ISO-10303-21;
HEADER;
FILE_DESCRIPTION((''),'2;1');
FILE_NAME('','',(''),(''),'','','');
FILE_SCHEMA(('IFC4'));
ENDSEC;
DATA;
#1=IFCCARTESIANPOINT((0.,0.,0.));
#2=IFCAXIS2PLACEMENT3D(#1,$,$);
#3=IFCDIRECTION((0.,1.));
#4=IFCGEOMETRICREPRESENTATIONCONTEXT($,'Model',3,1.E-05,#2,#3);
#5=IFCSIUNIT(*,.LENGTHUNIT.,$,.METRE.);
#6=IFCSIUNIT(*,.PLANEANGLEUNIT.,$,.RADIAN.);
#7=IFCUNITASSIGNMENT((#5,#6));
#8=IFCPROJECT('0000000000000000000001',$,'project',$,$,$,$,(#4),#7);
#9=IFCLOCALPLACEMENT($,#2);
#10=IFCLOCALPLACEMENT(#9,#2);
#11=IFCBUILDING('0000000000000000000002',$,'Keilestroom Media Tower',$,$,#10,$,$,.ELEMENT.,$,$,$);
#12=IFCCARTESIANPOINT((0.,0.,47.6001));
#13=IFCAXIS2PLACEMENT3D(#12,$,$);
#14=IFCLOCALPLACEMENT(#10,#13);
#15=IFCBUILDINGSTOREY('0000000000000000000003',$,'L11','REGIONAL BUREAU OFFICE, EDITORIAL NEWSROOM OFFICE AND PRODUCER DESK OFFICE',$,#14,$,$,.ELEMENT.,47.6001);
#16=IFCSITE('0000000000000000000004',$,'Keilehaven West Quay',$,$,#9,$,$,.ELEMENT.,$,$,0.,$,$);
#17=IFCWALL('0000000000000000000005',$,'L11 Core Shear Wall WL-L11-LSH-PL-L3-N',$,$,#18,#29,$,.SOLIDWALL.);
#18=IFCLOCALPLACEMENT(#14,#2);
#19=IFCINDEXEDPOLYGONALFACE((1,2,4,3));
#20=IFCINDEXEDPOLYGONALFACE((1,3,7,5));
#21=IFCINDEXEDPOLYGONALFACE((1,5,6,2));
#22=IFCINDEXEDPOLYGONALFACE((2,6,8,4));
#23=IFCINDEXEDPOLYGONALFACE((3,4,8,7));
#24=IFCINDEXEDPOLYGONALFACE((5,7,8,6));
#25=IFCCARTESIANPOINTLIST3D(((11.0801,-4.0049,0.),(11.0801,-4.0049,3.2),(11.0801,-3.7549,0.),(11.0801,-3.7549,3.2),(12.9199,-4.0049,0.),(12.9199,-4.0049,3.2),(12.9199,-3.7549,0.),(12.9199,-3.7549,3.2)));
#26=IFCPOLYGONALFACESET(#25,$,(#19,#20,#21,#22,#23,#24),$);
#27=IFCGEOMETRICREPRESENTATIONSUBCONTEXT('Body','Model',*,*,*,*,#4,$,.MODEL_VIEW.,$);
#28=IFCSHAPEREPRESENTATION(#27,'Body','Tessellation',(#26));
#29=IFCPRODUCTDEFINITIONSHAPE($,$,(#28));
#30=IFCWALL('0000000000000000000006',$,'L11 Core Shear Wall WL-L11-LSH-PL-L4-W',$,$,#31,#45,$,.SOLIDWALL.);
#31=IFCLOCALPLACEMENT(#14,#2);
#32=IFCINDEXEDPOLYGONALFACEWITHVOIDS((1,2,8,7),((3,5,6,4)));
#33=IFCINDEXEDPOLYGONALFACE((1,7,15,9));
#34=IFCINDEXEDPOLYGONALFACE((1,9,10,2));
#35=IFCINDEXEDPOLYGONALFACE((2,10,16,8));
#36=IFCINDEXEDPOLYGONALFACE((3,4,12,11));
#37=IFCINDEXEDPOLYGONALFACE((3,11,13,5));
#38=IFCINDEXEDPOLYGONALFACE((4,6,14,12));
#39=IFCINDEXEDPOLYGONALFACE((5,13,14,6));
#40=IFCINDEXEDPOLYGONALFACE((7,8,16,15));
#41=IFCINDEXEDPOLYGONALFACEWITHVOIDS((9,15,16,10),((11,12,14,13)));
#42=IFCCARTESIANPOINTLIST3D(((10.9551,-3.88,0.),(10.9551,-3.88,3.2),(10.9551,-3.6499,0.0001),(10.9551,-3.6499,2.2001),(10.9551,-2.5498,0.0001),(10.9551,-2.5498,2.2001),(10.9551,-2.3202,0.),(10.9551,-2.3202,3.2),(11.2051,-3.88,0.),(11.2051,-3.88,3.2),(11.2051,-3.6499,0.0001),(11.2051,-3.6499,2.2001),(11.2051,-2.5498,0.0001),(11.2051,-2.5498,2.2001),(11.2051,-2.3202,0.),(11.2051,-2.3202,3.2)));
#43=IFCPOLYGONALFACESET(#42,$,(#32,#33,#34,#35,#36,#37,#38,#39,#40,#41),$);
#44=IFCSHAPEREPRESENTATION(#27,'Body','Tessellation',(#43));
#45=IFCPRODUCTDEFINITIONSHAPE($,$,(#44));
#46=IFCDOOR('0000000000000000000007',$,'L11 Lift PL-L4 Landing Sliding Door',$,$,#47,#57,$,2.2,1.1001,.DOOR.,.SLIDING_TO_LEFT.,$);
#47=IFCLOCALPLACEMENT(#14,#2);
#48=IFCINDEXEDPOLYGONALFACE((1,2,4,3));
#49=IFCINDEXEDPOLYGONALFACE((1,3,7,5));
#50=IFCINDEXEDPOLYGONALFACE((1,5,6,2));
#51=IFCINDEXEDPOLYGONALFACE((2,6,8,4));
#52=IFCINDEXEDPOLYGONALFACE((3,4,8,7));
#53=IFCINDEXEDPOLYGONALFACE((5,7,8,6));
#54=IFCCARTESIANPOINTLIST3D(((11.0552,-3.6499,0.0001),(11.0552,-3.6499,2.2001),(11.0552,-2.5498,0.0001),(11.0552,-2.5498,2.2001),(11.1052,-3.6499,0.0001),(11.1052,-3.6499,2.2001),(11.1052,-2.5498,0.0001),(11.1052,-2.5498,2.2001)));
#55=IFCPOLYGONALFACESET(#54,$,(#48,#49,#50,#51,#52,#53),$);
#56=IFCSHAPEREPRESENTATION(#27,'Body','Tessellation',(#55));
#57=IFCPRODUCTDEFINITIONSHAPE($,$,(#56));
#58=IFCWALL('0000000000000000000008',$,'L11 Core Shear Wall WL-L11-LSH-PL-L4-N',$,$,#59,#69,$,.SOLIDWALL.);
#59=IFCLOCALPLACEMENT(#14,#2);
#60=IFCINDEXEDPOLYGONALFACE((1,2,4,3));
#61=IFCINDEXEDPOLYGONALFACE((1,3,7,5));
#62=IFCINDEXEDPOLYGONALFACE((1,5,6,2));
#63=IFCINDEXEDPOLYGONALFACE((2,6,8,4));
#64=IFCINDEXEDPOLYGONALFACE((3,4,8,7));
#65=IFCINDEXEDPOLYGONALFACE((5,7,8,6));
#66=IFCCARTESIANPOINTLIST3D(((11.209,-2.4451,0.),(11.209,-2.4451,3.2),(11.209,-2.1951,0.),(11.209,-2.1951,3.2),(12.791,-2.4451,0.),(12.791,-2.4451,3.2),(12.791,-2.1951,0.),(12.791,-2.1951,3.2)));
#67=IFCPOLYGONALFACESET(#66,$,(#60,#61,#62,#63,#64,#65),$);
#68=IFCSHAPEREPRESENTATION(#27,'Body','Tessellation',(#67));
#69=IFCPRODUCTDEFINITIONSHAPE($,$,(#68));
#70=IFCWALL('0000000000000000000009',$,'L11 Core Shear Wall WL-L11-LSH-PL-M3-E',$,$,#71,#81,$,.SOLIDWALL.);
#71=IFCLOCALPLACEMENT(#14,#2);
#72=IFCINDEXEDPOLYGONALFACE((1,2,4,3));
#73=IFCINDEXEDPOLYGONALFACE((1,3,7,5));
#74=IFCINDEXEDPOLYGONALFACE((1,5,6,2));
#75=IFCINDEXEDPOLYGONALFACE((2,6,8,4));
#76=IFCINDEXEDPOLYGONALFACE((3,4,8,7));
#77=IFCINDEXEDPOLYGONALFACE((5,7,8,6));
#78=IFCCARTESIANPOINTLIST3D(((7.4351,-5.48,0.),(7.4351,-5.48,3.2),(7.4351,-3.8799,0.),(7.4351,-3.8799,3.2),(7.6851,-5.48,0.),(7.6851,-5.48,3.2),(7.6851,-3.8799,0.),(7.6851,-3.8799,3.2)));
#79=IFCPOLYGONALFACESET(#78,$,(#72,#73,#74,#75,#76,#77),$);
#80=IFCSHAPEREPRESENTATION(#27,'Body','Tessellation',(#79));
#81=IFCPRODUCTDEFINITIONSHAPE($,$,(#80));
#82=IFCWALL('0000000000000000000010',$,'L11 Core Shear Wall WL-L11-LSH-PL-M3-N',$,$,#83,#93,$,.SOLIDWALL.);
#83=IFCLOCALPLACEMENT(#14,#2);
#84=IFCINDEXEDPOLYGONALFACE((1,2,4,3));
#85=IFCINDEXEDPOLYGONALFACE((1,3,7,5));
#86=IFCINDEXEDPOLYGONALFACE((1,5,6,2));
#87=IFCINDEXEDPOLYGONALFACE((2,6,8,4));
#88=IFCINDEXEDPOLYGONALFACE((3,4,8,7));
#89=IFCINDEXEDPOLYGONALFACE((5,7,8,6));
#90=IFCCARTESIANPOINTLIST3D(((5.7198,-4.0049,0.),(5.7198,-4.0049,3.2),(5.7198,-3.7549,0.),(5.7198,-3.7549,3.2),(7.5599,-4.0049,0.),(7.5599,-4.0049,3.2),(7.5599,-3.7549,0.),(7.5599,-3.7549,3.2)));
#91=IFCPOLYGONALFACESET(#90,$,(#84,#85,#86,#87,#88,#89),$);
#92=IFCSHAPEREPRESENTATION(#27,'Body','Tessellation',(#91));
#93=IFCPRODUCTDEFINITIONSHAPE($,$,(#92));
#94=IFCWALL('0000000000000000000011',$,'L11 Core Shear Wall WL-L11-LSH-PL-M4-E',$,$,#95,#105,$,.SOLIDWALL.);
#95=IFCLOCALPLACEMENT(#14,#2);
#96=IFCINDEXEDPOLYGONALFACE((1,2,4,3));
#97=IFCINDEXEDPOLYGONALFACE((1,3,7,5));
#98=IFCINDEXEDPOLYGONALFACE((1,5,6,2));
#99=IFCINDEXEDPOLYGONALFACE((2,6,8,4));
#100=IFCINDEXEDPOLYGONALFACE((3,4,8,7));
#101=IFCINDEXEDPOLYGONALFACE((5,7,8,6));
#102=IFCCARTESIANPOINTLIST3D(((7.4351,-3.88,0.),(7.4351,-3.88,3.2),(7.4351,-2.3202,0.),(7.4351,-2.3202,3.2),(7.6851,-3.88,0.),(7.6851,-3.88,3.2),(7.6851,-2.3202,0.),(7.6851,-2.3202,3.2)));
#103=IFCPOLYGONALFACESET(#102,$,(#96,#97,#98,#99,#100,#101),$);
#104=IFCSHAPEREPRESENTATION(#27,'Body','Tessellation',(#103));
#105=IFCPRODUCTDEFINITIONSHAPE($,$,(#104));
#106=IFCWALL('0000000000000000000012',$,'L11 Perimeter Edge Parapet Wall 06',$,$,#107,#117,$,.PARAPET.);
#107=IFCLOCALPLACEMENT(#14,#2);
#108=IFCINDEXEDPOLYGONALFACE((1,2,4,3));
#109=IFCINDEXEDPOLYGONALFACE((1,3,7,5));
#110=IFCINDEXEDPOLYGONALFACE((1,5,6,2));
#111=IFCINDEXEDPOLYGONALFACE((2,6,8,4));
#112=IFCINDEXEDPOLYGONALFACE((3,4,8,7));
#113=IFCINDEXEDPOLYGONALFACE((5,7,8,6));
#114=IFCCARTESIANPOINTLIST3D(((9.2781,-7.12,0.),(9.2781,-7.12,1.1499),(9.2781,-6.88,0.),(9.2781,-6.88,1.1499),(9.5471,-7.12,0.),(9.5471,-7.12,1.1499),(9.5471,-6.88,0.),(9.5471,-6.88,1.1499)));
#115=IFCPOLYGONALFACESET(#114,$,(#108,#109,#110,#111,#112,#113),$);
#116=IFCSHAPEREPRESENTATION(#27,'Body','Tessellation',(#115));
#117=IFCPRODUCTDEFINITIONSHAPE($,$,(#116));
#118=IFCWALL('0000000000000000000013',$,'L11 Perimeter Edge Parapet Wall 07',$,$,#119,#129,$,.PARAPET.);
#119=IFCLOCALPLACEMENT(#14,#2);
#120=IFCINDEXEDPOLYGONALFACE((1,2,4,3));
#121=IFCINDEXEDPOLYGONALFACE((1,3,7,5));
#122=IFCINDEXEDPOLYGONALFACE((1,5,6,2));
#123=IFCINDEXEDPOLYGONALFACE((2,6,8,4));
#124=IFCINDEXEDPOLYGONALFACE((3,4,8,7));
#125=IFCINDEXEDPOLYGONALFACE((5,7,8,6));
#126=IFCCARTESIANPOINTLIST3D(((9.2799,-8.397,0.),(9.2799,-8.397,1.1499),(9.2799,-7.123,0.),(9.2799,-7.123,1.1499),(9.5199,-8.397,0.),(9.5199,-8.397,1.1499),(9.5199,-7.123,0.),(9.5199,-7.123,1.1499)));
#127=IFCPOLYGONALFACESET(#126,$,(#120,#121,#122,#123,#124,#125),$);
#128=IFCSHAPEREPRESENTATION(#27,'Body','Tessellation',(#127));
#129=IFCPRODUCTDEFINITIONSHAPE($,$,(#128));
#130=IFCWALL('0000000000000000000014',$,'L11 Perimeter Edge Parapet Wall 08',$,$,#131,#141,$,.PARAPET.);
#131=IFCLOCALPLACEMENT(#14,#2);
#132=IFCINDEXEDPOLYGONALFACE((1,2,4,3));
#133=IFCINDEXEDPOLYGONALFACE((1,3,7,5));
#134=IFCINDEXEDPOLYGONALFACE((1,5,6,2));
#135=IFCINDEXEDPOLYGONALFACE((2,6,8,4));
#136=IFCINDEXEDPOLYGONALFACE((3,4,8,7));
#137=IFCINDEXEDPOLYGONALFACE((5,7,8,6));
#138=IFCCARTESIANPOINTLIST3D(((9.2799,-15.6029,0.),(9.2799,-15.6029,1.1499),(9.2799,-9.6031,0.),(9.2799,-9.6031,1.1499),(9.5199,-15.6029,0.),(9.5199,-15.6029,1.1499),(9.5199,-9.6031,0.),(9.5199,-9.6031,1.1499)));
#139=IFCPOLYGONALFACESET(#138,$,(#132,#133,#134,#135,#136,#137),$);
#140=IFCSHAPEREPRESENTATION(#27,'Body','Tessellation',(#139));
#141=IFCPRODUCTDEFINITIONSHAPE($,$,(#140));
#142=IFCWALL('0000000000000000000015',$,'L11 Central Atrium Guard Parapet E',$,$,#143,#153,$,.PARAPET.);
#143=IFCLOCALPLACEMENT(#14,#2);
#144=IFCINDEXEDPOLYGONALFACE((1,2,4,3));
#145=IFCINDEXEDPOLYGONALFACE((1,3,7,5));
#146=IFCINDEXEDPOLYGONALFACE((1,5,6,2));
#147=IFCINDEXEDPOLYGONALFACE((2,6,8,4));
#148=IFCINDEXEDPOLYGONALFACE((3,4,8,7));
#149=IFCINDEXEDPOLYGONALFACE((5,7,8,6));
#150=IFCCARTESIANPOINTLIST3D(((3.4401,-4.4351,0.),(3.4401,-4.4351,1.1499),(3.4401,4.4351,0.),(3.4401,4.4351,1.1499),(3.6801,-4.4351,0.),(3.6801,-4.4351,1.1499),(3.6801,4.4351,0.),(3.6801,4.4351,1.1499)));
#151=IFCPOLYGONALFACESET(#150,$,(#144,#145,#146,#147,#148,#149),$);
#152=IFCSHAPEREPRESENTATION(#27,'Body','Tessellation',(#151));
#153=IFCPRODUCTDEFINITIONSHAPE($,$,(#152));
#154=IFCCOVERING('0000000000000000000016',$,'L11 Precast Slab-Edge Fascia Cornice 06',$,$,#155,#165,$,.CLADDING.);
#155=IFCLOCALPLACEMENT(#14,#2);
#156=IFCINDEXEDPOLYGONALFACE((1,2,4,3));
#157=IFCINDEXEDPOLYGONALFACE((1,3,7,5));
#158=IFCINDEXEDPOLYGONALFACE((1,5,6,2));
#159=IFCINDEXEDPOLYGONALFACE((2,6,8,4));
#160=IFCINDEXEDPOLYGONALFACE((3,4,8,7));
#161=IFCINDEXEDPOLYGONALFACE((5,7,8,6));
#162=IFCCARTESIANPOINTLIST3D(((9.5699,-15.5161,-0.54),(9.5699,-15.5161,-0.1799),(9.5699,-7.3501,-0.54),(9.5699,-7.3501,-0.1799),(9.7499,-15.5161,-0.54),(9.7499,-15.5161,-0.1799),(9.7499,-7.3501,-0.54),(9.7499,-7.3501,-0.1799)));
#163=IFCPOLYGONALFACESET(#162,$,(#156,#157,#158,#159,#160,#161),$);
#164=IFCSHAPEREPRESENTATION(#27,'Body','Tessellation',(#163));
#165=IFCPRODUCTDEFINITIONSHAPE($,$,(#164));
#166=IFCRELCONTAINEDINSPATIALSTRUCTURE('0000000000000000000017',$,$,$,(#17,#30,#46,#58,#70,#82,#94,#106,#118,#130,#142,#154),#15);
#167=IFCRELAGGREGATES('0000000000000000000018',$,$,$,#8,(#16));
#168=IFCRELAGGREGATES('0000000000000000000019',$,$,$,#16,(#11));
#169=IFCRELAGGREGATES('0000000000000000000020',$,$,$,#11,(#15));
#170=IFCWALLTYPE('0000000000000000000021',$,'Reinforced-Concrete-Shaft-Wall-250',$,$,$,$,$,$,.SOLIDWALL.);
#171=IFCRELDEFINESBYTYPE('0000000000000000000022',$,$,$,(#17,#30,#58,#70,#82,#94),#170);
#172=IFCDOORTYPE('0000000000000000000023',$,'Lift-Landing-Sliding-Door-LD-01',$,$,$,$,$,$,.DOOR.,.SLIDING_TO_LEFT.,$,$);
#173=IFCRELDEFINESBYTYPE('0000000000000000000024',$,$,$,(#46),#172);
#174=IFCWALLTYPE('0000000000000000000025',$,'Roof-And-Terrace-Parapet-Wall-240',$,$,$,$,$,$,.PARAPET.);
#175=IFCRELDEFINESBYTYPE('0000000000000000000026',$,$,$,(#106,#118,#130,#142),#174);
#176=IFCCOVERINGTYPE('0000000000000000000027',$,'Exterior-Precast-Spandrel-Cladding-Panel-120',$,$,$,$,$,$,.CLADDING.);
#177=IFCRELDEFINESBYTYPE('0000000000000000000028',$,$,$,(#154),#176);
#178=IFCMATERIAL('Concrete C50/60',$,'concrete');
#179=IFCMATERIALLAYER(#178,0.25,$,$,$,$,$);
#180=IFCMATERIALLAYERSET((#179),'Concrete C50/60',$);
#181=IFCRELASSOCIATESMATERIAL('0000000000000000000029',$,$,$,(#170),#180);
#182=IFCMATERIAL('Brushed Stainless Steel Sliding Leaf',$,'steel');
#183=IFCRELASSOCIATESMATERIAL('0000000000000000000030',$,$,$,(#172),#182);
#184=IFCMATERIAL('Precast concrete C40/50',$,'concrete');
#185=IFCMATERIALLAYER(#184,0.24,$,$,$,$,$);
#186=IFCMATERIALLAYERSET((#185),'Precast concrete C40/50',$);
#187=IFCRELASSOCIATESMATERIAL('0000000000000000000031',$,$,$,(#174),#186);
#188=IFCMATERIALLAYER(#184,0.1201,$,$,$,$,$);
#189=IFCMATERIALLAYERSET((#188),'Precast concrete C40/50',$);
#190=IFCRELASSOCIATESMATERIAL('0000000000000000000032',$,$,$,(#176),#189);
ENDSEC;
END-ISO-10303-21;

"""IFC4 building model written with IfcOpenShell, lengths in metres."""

from ifc_helpers import new_model, si_unit, direction, frame, frame_2d, origin, origin_2d, place, context, subcontext, project, spatial, rectangle, extrude, source, transform, mapped, material, layer, layer_set, type_object, element, fill, save


model = new_model("IFC4")

# Units and contexts
model_context = context("Model", 3, precision=1e-05, world=origin(), true_north=direction((0.0, 1.0)))
body_context = subcontext(model_context, "Body", "Model", "MODEL_VIEW")
ifc_project = project(units=[si_unit("LENGTHUNIT", "METRE"), si_unit("PLANEANGLEUNIT", "RADIAN")], contexts=[model_context])

# Site, building, storey
site_placement = place(None, origin())
site = spatial("IfcSite", under=ifc_project, at=site_placement, Name="Keilehaven West Quay", CompositionType="ELEMENT", RefElevation=0.0)
building_placement = place(site_placement, origin())
building = spatial("IfcBuilding", under=site, at=building_placement, Name="Keilestroom Media Tower", CompositionType="ELEMENT")
storey_placement = place(building_placement, frame((0.0, 0.0, 47.6001)))
storey = spatial("IfcBuildingStorey", under=building, at=storey_placement, Name="L11", Description="REGIONAL BUREAU OFFICE, EDITORIAL NEWSROOM OFFICE AND PRODUCER DESK OFFICE", CompositionType="ELEMENT", Elevation=47.6001)

# Shared definitions
ifc_material_1 = material(Name="Concrete C50/60", Category="concrete")
ifc_layer_1 = layer(ifc_material_1, 0.25)
ifc_layer_set_1 = layer_set([ifc_layer_1], Name="Concrete C50/60")
wall_type_1 = type_object("IfcWallType", Name="Reinforced-Concrete-Shaft-Wall-250", PredefinedType="SOLIDWALL", material=ifc_layer_set_1)

# Shared definitions
ifc_material_2 = material(Name="Brushed Stainless Steel Sliding Leaf", Category="steel")

# Shared definitions
door_type_1 = type_object("IfcDoorType", Name="Lift-Landing-Sliding-Door-LD-01", OperationType="SLIDING_TO_LEFT", PredefinedType="DOOR", material=ifc_material_2)
shared_shape_1 = source(origin(), body_context, "Body", "SweptSolid", [
    extrude(rectangle(XDim=1.1001, YDim=2.2, at=frame_2d((0.55, 1.1001))), frame((0.0, 0.0249, 0.0), z_axis=(0.0, -1.0, 0.0), x_axis=(1.0, 0.0, 0.0)), (0.0, 0.0, 1.0), 0.05),
])

# Wall
wall_1_placement = place(storey_placement, frame((11.0801, -3.8799, 0.0), z_axis=(0.0, 0.0, 1.0), x_axis=(1.0, 0.0, 0.0)))
element("IfcWall", 1, at=wall_1_placement, inside=storey, type_object=wall_type_1, Name="L11 Core Shear Wall WL-L11-LSH-PL-L3-N", PredefinedType="SOLIDWALL", context=body_context, shape_type="SweptSolid", body=[
    extrude(rectangle(XDim=1.8398, YDim=0.25, at=frame_2d((0.9199, 0.0))), origin(), (0.0, 0.0, 1.0), 3.2),
])

# Wall, opening, door
wall_2_placement = place(storey_placement, frame((11.0801, -3.8799, 0.0), z_axis=(0.0, 0.0, 1.0), x_axis=(0.0, 1.0, 0.0)))
wall_2 = element("IfcWall", 2, at=wall_2_placement, inside=storey, type_object=wall_type_1, Name="L11 Core Shear Wall WL-L11-LSH-PL-L4-W", PredefinedType="SOLIDWALL", context=body_context, shape_type="SweptSolid", body=[
    extrude(rectangle(XDim=1.5598, YDim=0.25, at=frame_2d((0.7798, 0.0))), origin(), (0.0, 0.0, 1.0), 3.2),
])
opening_1_placement = place(wall_2_placement, frame((0.23, 0.0, 0.0)))
opening_1 = element("IfcOpeningElement", 3, at=opening_1_placement, cuts=wall_2, PredefinedType="OPENING", context=body_context, shape_type="SweptSolid", body=[
    extrude(rectangle(XDim=1.1001, YDim=2.2, at=frame_2d((0.55, 1.1001))), frame((0.0, 0.135, 0.0), z_axis=(0.0, -1.0, 0.0), x_axis=(1.0, 0.0, 0.0)), (0.0, 0.0, 1.0), 0.27),
])
door_1_placement = place(opening_1_placement, origin())
door_1 = element("IfcDoor", 4, at=door_1_placement, inside=storey, type_object=door_type_1, Name="L11 Lift PL-L4 Landing Sliding Door", OperationType="SLIDING_TO_LEFT", OverallHeight=2.2, OverallWidth=1.1001, PredefinedType="DOOR", context=body_context, shape_type="MappedRepresentation", body=[
    mapped(shared_shape_1, transform((0.0, 0.0, 0.0), x_axis=(1.0, 0.0, 0.0), y_axis=(0.0, 1.0, 0.0), z_axis=(0.0, 0.0, 1.0), scale=1.0)),
])
fill(opening_1, door_1)

# Walls
wall_3_placement = place(storey_placement, frame((11.209, -2.3201, 0.0), z_axis=(0.0, 0.0, 1.0), x_axis=(1.0, 0.0, 0.0)))
element("IfcWall", 5, at=wall_3_placement, inside=storey, type_object=wall_type_1, Name="L11 Core Shear Wall WL-L11-LSH-PL-L4-N", PredefinedType="SOLIDWALL", context=body_context, shape_type="SweptSolid", body=[
    extrude(rectangle(XDim=1.582, YDim=0.25, at=frame_2d((0.791, 0.0))), origin(), (0.0, 0.0, 1.0), 3.2),
])
wall_4_placement = place(storey_placement, frame((7.5601, -5.48, 0.0), z_axis=(0.0, 0.0, 1.0), x_axis=(0.0, 1.0, 0.0)))
element("IfcWall", 6, at=wall_4_placement, inside=storey, type_object=wall_type_1, Name="L11 Core Shear Wall WL-L11-LSH-PL-M3-E", PredefinedType="SOLIDWALL", context=body_context, shape_type="SweptSolid", body=[
    extrude(rectangle(XDim=1.6001, YDim=0.25, at=frame_2d((0.8, 0.0))), origin(), (0.0, 0.0, 1.0), 3.2),
])
wall_5_placement = place(storey_placement, frame((5.72, -3.8799, 0.0), z_axis=(0.0, 0.0, 1.0), x_axis=(1.0, 0.0, 0.0)))
element("IfcWall", 7, at=wall_5_placement, inside=storey, type_object=wall_type_1, Name="L11 Core Shear Wall WL-L11-LSH-PL-M3-N", PredefinedType="SOLIDWALL", context=body_context, shape_type="SweptSolid", body=[
    extrude(rectangle(XDim=1.8401, YDim=0.25, at=frame_2d((0.9199, 0.0))), origin(), (0.0, 0.0, 1.0), 3.2),
])
wall_6_placement = place(storey_placement, frame((7.5601, -3.8799, 0.0), z_axis=(0.0, 0.0, 1.0), x_axis=(0.0, 1.0, 0.0)))
element("IfcWall", 8, at=wall_6_placement, inside=storey, type_object=wall_type_1, Name="L11 Core Shear Wall WL-L11-LSH-PL-M4-E", PredefinedType="SOLIDWALL", context=body_context, shape_type="SweptSolid", body=[
    extrude(rectangle(XDim=1.5598, YDim=0.25, at=frame_2d((0.7798, 0.0))), origin(), (0.0, 0.0, 1.0), 3.2),
])
ifc_material_3 = material(Name="Precast concrete C40/50", Category="concrete")
ifc_layer_2 = layer(ifc_material_3, 0.24)
ifc_layer_set_2 = layer_set([ifc_layer_2], Name="Precast concrete C40/50")
wall_type_2 = type_object("IfcWallType", Name="Roof-And-Terrace-Parapet-Wall-240", PredefinedType="PARAPET", material=ifc_layer_set_2)
wall_7_placement = place(storey_placement, frame((9.5471, -7.0, 0.0), z_axis=(0.0, 0.0, 1.0), x_axis=(-1.0, 0.0, 0.0)))
element("IfcWall", 9, at=wall_7_placement, inside=storey, type_object=wall_type_2, Name="L11 Perimeter Edge Parapet Wall 06", PredefinedType="PARAPET", context=body_context, shape_type="SweptSolid", body=[
    extrude(rectangle(XDim=0.269, YDim=0.24, at=frame_2d((0.1345, 0.0))), origin(), (0.0, 0.0, 1.0), 1.1499),
])
wall_8_placement = place(storey_placement, frame((9.3999, -7.123, 0.0), z_axis=(0.0, 0.0, 1.0), x_axis=(0.0, -1.0, 0.0)))
element("IfcWall", 10, at=wall_8_placement, inside=storey, type_object=wall_type_2, Name="L11 Perimeter Edge Parapet Wall 07", PredefinedType="PARAPET", context=body_context, shape_type="SweptSolid", body=[
    extrude(rectangle(XDim=1.2739, YDim=0.24, at=frame_2d((0.637, 0.0))), origin(), (0.0, 0.0, 1.0), 1.1499),
])
wall_9_placement = place(storey_placement, frame((9.3999, -9.603, 0.0), z_axis=(0.0, 0.0, 1.0), x_axis=(0.0, -1.0, 0.0)))
element("IfcWall", 11, at=wall_9_placement, inside=storey, type_object=wall_type_2, Name="L11 Perimeter Edge Parapet Wall 08", PredefinedType="PARAPET", context=body_context, shape_type="SweptSolid", body=[
    extrude(rectangle(XDim=5.9998, YDim=0.24, at=frame_2d((3.0, 0.0))), origin(), (0.0, 0.0, 1.0), 1.1499),
])
wall_10_placement = place(storey_placement, frame((3.5601, -4.4351, 0.0), z_axis=(0.0, 0.0, 1.0), x_axis=(0.0, 1.0, 0.0)))
element("IfcWall", 12, at=wall_10_placement, inside=storey, type_object=wall_type_2, Name="L11 Central Atrium Guard Parapet E", PredefinedType="PARAPET", context=body_context, shape_type="SweptSolid", body=[
    extrude(rectangle(XDim=8.8701, YDim=0.24, at=frame_2d((4.4351, 0.0))), origin(), (0.0, 0.0, 1.0), 1.1499),
])

# Covering
ifc_layer_3 = layer(ifc_material_3, 0.1201)
ifc_layer_set_3 = layer_set([ifc_layer_3], Name="Precast concrete C40/50")
covering_type = type_object("IfcCoveringType", Name="Exterior-Precast-Spandrel-Cladding-Panel-120", PredefinedType="CLADDING", material=ifc_layer_set_3)
shared_shape_2 = source(origin(), body_context, "Body", "SweptSolid", [
    extrude(rectangle(XDim=8.166, YDim=0.1799, at=origin_2d()), origin(), (0.0, 0.0, 1.0), 0.3601),
])
covering_placement = place(storey_placement, frame((9.6599, -11.4331, -0.54), z_axis=(0.0, 0.0, 1.0), x_axis=(0.0, -1.0, 0.0)))
element("IfcCovering", 13, at=covering_placement, inside=storey, type_object=covering_type, Name="L11 Precast Slab-Edge Fascia Cornice 06", PredefinedType="CLADDING", context=body_context, shape_type="MappedRepresentation", body=[
    mapped(shared_shape_2, transform((0.0, 0.0, 0.0), x_axis=(1.0, 0.0, 0.0), y_axis=(0.0, 1.0, 0.0), z_axis=(0.0, 0.0, 1.0), scale=1.0)),
])

save(model, "model.ifc")
